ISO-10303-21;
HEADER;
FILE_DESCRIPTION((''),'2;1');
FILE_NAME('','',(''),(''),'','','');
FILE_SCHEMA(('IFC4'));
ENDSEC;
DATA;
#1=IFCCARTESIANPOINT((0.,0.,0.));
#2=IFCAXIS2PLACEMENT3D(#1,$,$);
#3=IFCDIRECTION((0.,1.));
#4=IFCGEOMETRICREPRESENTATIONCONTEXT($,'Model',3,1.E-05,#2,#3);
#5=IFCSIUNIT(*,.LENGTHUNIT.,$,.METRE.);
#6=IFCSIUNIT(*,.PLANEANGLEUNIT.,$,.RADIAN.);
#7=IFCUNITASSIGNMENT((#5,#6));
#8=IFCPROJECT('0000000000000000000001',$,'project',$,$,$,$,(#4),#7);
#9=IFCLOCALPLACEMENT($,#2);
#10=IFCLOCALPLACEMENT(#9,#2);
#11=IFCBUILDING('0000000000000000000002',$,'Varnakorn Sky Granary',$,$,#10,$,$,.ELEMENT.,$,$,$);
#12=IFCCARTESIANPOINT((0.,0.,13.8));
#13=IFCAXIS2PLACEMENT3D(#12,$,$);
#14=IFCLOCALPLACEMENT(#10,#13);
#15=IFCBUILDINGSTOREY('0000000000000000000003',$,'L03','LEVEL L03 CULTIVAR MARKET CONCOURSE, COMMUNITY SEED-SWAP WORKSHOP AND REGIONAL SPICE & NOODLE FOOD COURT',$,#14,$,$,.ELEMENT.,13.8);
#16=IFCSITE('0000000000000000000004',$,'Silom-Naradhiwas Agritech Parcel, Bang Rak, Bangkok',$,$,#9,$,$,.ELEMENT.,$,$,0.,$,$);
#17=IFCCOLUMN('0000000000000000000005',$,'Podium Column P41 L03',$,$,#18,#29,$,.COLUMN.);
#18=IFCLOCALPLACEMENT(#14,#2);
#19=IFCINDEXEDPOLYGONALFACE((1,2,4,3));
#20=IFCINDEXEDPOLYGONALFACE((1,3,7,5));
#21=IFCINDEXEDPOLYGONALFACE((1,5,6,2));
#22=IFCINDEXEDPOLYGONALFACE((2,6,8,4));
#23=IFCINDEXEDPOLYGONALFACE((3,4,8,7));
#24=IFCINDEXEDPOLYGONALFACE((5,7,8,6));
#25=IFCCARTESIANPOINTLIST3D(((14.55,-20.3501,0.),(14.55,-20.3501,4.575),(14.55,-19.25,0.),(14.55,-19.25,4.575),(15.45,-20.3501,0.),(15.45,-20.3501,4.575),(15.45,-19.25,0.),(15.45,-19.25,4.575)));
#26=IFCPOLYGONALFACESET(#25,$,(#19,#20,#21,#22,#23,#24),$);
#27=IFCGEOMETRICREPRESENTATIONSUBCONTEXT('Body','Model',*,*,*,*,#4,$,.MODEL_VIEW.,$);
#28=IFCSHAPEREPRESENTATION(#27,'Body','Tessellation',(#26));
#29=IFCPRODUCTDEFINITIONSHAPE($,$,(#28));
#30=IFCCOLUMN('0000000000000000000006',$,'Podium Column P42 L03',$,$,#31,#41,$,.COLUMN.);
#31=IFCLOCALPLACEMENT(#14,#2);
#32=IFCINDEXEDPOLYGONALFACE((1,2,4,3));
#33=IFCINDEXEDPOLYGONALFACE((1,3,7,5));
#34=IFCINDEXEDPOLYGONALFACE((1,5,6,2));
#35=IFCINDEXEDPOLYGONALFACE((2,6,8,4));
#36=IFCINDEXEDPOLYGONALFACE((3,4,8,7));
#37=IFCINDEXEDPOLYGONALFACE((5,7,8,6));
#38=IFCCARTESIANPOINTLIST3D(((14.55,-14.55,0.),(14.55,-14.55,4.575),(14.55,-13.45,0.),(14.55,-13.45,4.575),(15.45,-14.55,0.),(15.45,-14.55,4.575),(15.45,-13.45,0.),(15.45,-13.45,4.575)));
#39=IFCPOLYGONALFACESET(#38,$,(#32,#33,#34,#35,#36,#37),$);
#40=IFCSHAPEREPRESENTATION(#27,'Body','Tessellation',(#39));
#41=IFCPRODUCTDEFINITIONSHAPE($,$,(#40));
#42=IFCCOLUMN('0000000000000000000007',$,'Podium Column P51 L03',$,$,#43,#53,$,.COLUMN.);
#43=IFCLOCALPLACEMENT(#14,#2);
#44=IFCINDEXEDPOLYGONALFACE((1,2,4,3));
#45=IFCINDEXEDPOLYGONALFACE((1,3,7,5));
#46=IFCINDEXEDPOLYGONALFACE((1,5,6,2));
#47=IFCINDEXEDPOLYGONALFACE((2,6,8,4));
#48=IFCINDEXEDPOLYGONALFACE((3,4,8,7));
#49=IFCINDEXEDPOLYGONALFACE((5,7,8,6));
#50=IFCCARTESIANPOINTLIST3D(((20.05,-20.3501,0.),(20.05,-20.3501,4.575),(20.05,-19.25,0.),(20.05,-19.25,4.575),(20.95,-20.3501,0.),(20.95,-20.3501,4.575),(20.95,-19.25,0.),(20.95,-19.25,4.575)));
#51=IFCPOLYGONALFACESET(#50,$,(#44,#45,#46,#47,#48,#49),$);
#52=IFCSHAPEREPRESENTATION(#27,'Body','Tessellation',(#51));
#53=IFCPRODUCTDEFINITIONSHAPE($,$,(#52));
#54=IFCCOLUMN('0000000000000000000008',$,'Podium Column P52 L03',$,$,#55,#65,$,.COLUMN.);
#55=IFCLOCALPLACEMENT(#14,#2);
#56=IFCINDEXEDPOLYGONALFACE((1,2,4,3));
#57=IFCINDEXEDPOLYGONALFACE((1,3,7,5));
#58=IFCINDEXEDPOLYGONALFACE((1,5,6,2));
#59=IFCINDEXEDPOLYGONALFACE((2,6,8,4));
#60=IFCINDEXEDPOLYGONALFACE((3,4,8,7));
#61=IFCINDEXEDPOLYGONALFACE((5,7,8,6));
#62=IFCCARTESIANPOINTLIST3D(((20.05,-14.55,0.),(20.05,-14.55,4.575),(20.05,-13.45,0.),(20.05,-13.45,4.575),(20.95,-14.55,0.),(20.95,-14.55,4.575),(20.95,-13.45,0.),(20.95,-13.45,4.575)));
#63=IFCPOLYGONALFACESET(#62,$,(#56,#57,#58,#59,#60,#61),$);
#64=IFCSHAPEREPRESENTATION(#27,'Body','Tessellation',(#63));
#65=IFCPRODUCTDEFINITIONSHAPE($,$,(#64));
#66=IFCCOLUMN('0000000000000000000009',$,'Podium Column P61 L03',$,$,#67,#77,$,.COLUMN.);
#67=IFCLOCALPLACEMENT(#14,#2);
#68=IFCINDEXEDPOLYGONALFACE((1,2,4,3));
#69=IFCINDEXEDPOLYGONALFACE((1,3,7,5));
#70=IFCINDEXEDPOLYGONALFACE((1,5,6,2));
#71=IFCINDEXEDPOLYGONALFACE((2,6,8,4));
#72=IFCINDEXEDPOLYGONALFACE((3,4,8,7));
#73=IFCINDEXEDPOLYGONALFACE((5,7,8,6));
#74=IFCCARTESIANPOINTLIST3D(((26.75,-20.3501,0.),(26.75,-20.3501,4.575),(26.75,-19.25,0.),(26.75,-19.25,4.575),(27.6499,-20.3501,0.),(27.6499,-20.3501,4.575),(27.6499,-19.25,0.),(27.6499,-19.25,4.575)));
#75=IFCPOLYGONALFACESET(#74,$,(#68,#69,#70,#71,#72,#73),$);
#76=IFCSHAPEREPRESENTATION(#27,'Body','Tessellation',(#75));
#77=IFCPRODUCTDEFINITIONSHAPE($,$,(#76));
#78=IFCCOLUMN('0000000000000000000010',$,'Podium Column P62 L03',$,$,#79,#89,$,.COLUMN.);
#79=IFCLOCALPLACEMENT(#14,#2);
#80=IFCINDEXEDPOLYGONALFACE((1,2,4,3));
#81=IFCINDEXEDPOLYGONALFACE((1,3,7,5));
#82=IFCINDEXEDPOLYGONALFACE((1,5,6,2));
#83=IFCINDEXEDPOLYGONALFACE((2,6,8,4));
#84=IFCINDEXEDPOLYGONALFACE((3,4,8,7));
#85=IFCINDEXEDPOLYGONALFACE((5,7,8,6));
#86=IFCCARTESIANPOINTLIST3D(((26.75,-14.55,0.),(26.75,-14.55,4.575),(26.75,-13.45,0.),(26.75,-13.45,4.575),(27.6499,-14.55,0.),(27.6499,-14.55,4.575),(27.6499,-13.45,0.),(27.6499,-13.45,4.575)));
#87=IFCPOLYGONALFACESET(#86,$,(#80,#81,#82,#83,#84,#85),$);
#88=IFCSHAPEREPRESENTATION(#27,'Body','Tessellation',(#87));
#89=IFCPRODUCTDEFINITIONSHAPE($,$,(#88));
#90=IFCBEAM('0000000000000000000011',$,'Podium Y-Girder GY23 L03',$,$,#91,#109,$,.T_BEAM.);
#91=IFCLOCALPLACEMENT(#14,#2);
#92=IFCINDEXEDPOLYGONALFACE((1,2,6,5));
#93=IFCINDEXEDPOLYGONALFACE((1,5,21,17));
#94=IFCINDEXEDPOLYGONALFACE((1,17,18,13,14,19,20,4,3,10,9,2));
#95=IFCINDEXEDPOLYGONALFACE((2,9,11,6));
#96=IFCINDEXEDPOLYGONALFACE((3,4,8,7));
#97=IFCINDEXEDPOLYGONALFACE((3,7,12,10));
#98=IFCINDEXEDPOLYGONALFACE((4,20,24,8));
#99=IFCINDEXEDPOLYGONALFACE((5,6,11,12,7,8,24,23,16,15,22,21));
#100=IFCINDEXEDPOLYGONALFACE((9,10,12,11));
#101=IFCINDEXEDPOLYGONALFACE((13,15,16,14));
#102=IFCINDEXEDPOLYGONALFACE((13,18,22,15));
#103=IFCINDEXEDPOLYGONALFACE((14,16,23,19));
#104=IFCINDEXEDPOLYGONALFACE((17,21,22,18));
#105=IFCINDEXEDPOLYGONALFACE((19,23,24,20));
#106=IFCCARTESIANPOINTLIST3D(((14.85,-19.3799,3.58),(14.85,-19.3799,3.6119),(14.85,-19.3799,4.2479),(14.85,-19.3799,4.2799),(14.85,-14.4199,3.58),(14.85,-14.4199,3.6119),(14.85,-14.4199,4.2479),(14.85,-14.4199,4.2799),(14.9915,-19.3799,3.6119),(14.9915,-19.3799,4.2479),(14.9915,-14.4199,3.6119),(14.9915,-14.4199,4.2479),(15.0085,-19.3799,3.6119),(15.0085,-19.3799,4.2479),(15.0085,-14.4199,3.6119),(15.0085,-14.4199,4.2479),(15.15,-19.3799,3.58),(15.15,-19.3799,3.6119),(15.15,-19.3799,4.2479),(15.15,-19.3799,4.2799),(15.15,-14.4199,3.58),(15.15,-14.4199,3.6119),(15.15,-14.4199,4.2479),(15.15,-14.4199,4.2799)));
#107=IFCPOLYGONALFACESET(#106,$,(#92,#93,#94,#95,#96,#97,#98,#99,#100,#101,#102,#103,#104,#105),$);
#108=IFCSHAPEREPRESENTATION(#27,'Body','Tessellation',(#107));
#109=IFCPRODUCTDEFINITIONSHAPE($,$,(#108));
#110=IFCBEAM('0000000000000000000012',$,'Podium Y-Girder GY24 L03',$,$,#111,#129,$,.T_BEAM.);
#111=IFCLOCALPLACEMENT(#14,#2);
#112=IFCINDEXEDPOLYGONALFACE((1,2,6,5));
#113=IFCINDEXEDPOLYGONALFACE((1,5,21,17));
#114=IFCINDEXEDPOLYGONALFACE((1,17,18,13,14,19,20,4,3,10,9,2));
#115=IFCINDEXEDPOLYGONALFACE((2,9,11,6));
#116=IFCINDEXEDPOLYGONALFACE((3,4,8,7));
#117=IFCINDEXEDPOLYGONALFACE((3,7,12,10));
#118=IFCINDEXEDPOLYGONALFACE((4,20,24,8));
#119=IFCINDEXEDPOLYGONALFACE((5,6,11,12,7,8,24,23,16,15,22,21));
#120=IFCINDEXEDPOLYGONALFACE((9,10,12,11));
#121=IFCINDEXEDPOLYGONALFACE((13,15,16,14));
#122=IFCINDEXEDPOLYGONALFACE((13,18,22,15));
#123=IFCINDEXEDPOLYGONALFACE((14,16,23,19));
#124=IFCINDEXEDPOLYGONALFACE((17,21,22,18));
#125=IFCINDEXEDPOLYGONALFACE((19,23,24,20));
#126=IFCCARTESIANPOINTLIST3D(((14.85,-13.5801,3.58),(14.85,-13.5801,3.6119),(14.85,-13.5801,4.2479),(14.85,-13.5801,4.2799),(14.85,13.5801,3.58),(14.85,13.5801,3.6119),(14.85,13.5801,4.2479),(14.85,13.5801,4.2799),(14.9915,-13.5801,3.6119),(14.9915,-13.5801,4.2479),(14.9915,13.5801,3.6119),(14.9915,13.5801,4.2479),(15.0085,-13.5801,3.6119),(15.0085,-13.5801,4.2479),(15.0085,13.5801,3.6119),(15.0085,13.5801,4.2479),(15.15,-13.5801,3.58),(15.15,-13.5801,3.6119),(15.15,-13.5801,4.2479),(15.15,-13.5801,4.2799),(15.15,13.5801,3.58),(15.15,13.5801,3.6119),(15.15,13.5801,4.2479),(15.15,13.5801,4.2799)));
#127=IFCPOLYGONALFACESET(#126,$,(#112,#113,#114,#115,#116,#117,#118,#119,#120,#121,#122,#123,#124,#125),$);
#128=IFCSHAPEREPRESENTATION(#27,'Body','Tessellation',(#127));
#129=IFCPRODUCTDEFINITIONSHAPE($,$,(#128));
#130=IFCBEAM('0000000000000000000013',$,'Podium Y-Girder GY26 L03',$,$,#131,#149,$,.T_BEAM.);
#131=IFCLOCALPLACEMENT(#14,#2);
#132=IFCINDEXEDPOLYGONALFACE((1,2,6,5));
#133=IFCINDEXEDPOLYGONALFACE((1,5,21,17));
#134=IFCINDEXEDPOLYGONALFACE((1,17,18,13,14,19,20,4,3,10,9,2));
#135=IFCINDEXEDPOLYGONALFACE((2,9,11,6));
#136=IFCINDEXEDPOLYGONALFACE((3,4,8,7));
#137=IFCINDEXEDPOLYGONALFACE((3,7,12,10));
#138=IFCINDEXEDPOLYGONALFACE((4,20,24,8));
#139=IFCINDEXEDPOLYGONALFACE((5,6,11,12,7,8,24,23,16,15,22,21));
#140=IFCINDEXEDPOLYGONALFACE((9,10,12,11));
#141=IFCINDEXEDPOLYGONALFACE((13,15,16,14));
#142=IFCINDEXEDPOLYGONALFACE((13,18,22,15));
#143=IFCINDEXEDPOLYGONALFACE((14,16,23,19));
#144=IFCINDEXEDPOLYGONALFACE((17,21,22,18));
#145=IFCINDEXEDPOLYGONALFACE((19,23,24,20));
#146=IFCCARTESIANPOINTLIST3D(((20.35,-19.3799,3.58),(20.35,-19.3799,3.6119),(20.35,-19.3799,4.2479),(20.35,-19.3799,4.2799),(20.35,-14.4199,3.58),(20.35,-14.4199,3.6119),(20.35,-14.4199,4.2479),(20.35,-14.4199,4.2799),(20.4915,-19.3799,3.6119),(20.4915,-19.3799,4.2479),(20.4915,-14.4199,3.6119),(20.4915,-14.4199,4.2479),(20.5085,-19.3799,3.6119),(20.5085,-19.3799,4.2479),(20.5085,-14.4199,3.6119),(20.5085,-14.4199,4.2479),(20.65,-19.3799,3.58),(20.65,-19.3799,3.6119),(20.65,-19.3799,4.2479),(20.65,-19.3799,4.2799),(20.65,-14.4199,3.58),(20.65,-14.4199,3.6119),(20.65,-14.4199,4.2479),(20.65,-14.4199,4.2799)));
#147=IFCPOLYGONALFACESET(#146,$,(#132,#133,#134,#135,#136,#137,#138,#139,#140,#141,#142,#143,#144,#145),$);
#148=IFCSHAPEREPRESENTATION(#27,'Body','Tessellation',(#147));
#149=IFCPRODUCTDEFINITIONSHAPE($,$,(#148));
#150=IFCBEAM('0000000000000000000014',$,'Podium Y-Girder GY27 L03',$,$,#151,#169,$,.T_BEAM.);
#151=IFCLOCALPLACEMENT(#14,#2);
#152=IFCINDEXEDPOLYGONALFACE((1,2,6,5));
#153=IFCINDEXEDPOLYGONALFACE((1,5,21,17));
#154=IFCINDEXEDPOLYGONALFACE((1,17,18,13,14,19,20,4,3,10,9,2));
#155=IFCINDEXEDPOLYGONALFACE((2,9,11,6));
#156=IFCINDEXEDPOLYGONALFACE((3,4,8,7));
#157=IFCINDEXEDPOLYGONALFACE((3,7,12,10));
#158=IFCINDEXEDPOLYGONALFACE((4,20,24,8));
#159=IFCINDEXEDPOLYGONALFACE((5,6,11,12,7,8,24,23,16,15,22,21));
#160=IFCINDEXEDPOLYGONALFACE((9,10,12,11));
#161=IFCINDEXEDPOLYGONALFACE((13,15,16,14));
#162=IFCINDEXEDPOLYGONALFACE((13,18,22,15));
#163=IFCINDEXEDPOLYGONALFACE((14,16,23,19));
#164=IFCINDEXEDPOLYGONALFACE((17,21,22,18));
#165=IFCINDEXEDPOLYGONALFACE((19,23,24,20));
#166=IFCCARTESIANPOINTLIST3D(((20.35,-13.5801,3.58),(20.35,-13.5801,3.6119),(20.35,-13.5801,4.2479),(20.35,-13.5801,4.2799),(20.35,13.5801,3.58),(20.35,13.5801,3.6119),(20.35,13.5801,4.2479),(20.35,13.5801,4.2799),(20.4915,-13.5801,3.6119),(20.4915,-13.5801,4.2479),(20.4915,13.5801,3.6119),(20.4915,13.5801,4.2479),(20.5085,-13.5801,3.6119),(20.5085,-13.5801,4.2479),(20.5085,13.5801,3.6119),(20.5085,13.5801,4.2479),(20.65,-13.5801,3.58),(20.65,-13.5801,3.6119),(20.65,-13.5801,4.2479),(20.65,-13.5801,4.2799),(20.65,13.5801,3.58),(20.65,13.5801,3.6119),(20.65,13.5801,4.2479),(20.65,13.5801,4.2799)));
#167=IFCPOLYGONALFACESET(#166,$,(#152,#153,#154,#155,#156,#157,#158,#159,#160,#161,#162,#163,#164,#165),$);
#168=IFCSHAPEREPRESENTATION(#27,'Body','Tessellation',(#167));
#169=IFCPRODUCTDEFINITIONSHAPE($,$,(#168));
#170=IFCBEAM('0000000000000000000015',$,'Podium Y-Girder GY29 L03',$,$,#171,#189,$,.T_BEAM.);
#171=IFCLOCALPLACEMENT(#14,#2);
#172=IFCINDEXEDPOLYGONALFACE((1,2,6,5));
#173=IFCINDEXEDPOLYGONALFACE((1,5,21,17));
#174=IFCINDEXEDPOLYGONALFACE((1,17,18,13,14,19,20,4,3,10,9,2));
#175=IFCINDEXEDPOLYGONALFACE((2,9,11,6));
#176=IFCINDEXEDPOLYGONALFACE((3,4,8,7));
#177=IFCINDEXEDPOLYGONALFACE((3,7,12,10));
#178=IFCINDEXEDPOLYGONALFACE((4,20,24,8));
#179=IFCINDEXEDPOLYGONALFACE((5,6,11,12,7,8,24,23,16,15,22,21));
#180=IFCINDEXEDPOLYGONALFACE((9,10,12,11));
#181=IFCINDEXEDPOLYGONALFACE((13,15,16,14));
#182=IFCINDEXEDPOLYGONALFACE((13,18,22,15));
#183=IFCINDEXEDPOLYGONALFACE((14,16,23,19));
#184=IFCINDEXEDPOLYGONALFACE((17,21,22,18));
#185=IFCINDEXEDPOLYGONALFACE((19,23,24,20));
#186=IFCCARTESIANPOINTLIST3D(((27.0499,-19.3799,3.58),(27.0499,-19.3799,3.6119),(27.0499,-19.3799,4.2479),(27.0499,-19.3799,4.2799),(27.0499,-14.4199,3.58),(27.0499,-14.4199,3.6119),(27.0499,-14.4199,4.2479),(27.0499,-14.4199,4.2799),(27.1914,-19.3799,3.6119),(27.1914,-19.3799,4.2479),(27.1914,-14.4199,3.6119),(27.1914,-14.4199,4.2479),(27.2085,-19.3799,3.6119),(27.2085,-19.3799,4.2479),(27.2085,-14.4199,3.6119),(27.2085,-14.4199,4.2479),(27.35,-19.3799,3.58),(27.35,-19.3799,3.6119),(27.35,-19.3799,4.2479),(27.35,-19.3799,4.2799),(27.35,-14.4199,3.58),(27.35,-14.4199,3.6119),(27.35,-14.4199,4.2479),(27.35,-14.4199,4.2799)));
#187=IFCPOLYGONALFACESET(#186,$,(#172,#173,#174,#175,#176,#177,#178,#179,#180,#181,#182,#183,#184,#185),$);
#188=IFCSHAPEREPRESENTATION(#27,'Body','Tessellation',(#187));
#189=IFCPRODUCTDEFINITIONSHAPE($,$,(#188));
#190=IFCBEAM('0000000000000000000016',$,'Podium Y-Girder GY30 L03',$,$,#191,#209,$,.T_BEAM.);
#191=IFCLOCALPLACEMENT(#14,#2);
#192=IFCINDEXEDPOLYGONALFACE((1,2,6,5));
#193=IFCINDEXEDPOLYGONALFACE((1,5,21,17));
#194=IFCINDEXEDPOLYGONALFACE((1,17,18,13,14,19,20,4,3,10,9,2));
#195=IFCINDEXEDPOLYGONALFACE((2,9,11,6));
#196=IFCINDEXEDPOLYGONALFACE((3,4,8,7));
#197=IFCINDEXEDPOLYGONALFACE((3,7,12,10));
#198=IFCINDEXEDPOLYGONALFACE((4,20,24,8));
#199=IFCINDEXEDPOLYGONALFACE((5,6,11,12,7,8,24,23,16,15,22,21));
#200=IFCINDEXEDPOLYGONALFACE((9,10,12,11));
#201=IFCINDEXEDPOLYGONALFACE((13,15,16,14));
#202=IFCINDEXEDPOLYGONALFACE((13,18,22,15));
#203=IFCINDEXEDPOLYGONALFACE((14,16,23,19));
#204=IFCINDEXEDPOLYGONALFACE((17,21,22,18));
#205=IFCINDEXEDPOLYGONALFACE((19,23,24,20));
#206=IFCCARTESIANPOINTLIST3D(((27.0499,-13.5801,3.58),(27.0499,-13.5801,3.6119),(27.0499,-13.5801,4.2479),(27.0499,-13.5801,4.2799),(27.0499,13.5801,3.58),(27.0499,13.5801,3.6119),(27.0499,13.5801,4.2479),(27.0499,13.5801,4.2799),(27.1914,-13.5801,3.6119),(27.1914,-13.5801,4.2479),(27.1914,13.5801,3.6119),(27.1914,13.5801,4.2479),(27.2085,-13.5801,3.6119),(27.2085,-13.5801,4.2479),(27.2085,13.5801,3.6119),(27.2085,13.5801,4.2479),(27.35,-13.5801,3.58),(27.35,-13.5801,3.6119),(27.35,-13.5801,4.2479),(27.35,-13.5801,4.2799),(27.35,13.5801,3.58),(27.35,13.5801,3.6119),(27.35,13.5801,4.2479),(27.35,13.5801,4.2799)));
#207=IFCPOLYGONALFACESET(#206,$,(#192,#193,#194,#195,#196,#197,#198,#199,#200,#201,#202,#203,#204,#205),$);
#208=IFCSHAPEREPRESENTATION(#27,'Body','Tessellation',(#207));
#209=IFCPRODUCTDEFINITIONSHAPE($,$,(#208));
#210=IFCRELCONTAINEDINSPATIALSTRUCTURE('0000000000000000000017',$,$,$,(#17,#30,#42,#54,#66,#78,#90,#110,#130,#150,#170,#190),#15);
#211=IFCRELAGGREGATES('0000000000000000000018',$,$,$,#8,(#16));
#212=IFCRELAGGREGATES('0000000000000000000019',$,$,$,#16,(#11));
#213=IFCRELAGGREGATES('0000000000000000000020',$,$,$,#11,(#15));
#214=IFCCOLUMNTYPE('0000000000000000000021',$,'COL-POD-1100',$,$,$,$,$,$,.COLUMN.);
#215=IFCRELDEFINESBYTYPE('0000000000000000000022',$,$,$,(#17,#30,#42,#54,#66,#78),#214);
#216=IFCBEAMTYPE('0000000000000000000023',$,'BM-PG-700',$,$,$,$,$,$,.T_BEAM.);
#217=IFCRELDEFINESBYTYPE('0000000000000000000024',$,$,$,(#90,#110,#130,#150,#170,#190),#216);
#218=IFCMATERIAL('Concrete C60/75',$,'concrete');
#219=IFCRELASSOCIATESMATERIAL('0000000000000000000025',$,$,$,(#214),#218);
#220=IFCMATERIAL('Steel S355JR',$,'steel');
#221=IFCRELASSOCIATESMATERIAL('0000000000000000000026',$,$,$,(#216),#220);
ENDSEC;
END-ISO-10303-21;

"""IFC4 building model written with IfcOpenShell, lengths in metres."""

from ifc_helpers import new_model, si_unit, direction, frame, origin, origin_2d, place, context, subcontext, project, spatial, rectangle, i_section, extrude, material, material_profile, profile_set, type_object, element, save


model = new_model("IFC4")

# Units and contexts
model_context = context("Model", 3, precision=1e-05, world=origin(), true_north=direction((0.0, 1.0)))
body_context = subcontext(model_context, "Body", "Model", "MODEL_VIEW")
ifc_project = project(units=[si_unit("LENGTHUNIT", "METRE"), si_unit("PLANEANGLEUNIT", "RADIAN")], contexts=[model_context])

# Site, building, storey
site_placement = place(None, origin())
site = spatial("IfcSite", under=ifc_project, at=site_placement, Name="Silom-Naradhiwas Agritech Parcel, Bang Rak, Bangkok", CompositionType="ELEMENT", RefElevation=0.0)
building_placement = place(site_placement, origin())
building = spatial("IfcBuilding", under=site, at=building_placement, Name="Varnakorn Sky Granary", CompositionType="ELEMENT")
storey_placement = place(building_placement, frame((0.0, 0.0, 13.8)))
storey = spatial("IfcBuildingStorey", under=building, at=storey_placement, Name="L03", Description="LEVEL L03 CULTIVAR MARKET CONCOURSE, COMMUNITY SEED-SWAP WORKSHOP AND REGIONAL SPICE & NOODLE FOOD COURT", CompositionType="ELEMENT", Elevation=13.8)

# Columns
ifc_material_1 = material(Name="Concrete C60/75", Category="concrete")
ifc_material_profile_1 = material_profile(ifc_material_1, rectangle(XDim=0.8999, YDim=1.1001, at=origin_2d()), Name="RC 900x1100")
ifc_profile_set_1 = profile_set([ifc_material_profile_1], Name="Concrete C60/75")
column_type = type_object("IfcColumnType", Name="COL-POD-1100", PredefinedType="COLUMN", material=ifc_profile_set_1)
for number, where, z_axis, x_axis, name in (
    (1, (15.0, -19.8, 0.0), (0.0, 0.0, 1.0), (1.0, 0.0, 0.0), "Podium Column P41 L03"),
    (2, (15.0, -14.0, 0.0), (0.0, 0.0, 1.0), (1.0, 0.0, 0.0), "Podium Column P42 L03"),
    (3, (20.5, -19.8, 0.0), (0.0, 0.0, 1.0), (1.0, 0.0, 0.0), "Podium Column P51 L03"),
    (4, (20.5, -14.0, 0.0), (0.0, 0.0, 1.0), (1.0, 0.0, 0.0), "Podium Column P52 L03"),
    (5, (27.2, -19.8, 0.0), (0.0, 0.0, 1.0), (1.0, 0.0, 0.0), "Podium Column P61 L03"),
    (6, (27.2, -14.0, 0.0), (0.0, 0.0, 1.0), (1.0, 0.0, 0.0), "Podium Column P62 L03"),
):
    element("IfcColumn", number, at=place(storey_placement, frame(where, z_axis=z_axis, x_axis=x_axis)), inside=storey, type_object=column_type, Name=name, PredefinedType="COLUMN", context=body_context, shape_type="SweptSolid", body=[
        extrude(rectangle(XDim=0.8999, YDim=1.1001, at=origin_2d()), origin(), (0.0, 0.0, 1.0), 4.575),
    ])

# Beams
ifc_material_2 = material(Name="Steel S355JR", Category="steel")
ifc_material_profile_2 = material_profile(ifc_material_2, i_section(OverallWidth=0.3, OverallDepth=0.7, WebThickness=0.0171, FlangeThickness=0.032, at=origin_2d()), Name="HE 700 B")
ifc_profile_set_2 = profile_set([ifc_material_profile_2], Name="Steel S355JR")
beam_type_1 = type_object("IfcBeamType", Name="BM-PG-700", PredefinedType="T_BEAM", material=ifc_profile_set_2)
beam_1_placement = place(storey_placement, frame((15.0, -19.3799, 3.9299), z_axis=(0.0, 1.0, 0.0), x_axis=(-1.0, 0.0, 0.0)))
element("IfcBeam", 7, at=beam_1_placement, inside=storey, type_object=beam_type_1, Name="Podium Y-Girder GY23 L03", PredefinedType="T_BEAM", context=body_context, shape_type="SweptSolid", body=[
    extrude(i_section(OverallWidth=0.3, OverallDepth=0.7, WebThickness=0.0171, FlangeThickness=0.032, at=origin_2d()), origin(), (0.0, 0.0, 1.0), 4.96),
])
beam_2_placement = place(storey_placement, frame((15.0, -13.5801, 3.9299), z_axis=(0.0, 1.0, 0.0), x_axis=(-1.0, 0.0, 0.0)))
element("IfcBeam", 8, at=beam_2_placement, inside=storey, type_object=beam_type_1, Name="Podium Y-Girder GY24 L03", PredefinedType="T_BEAM", context=body_context, shape_type="SweptSolid", body=[
    extrude(i_section(OverallWidth=0.3, OverallDepth=0.7, WebThickness=0.0171, FlangeThickness=0.032, at=origin_2d()), origin(), (0.0, 0.0, 1.0), 27.1602),
])
beam_3_placement = place(storey_placement, frame((20.5, -19.3799, 3.9299), z_axis=(0.0, 1.0, 0.0), x_axis=(-1.0, 0.0, 0.0)))
element("IfcBeam", 9, at=beam_3_placement, inside=storey, type_object=beam_type_1, Name="Podium Y-Girder GY26 L03", PredefinedType="T_BEAM", context=body_context, shape_type="SweptSolid", body=[
    extrude(i_section(OverallWidth=0.3, OverallDepth=0.7, WebThickness=0.0171, FlangeThickness=0.032, at=origin_2d()), origin(), (0.0, 0.0, 1.0), 4.96),
])
beam_4_placement = place(storey_placement, frame((20.5, -13.5801, 3.9299), z_axis=(0.0, 1.0, 0.0), x_axis=(-1.0, 0.0, 0.0)))
element("IfcBeam", 10, at=beam_4_placement, inside=storey, type_object=beam_type_1, Name="Podium Y-Girder GY27 L03", PredefinedType="T_BEAM", context=body_context, shape_type="SweptSolid", body=[
    extrude(i_section(OverallWidth=0.3, OverallDepth=0.7, WebThickness=0.0171, FlangeThickness=0.032, at=origin_2d()), origin(), (0.0, 0.0, 1.0), 27.1602),
])
beam_5_placement = place(storey_placement, frame((27.2, -19.3799, 3.9299), z_axis=(0.0, 1.0, 0.0), x_axis=(-1.0, 0.0, 0.0)))
element("IfcBeam", 11, at=beam_5_placement, inside=storey, type_object=beam_type_1, Name="Podium Y-Girder GY29 L03", PredefinedType="T_BEAM", context=body_context, shape_type="SweptSolid", body=[
    extrude(i_section(OverallWidth=0.3, OverallDepth=0.7, WebThickness=0.0171, FlangeThickness=0.032, at=origin_2d()), origin(), (0.0, 0.0, 1.0), 4.96),
])
beam_6_placement = place(storey_placement, frame((27.2, -13.5801, 3.9299), z_axis=(0.0, 1.0, 0.0), x_axis=(-1.0, 0.0, 0.0)))
element("IfcBeam", 12, at=beam_6_placement, inside=storey, type_object=beam_type_1, Name="Podium Y-Girder GY30 L03", PredefinedType="T_BEAM", context=body_context, shape_type="SweptSolid", body=[
    extrude(i_section(OverallWidth=0.3, OverallDepth=0.7, WebThickness=0.0171, FlangeThickness=0.032, at=origin_2d()), origin(), (0.0, 0.0, 1.0), 27.1602),
])

save(model, "model.ifc")
